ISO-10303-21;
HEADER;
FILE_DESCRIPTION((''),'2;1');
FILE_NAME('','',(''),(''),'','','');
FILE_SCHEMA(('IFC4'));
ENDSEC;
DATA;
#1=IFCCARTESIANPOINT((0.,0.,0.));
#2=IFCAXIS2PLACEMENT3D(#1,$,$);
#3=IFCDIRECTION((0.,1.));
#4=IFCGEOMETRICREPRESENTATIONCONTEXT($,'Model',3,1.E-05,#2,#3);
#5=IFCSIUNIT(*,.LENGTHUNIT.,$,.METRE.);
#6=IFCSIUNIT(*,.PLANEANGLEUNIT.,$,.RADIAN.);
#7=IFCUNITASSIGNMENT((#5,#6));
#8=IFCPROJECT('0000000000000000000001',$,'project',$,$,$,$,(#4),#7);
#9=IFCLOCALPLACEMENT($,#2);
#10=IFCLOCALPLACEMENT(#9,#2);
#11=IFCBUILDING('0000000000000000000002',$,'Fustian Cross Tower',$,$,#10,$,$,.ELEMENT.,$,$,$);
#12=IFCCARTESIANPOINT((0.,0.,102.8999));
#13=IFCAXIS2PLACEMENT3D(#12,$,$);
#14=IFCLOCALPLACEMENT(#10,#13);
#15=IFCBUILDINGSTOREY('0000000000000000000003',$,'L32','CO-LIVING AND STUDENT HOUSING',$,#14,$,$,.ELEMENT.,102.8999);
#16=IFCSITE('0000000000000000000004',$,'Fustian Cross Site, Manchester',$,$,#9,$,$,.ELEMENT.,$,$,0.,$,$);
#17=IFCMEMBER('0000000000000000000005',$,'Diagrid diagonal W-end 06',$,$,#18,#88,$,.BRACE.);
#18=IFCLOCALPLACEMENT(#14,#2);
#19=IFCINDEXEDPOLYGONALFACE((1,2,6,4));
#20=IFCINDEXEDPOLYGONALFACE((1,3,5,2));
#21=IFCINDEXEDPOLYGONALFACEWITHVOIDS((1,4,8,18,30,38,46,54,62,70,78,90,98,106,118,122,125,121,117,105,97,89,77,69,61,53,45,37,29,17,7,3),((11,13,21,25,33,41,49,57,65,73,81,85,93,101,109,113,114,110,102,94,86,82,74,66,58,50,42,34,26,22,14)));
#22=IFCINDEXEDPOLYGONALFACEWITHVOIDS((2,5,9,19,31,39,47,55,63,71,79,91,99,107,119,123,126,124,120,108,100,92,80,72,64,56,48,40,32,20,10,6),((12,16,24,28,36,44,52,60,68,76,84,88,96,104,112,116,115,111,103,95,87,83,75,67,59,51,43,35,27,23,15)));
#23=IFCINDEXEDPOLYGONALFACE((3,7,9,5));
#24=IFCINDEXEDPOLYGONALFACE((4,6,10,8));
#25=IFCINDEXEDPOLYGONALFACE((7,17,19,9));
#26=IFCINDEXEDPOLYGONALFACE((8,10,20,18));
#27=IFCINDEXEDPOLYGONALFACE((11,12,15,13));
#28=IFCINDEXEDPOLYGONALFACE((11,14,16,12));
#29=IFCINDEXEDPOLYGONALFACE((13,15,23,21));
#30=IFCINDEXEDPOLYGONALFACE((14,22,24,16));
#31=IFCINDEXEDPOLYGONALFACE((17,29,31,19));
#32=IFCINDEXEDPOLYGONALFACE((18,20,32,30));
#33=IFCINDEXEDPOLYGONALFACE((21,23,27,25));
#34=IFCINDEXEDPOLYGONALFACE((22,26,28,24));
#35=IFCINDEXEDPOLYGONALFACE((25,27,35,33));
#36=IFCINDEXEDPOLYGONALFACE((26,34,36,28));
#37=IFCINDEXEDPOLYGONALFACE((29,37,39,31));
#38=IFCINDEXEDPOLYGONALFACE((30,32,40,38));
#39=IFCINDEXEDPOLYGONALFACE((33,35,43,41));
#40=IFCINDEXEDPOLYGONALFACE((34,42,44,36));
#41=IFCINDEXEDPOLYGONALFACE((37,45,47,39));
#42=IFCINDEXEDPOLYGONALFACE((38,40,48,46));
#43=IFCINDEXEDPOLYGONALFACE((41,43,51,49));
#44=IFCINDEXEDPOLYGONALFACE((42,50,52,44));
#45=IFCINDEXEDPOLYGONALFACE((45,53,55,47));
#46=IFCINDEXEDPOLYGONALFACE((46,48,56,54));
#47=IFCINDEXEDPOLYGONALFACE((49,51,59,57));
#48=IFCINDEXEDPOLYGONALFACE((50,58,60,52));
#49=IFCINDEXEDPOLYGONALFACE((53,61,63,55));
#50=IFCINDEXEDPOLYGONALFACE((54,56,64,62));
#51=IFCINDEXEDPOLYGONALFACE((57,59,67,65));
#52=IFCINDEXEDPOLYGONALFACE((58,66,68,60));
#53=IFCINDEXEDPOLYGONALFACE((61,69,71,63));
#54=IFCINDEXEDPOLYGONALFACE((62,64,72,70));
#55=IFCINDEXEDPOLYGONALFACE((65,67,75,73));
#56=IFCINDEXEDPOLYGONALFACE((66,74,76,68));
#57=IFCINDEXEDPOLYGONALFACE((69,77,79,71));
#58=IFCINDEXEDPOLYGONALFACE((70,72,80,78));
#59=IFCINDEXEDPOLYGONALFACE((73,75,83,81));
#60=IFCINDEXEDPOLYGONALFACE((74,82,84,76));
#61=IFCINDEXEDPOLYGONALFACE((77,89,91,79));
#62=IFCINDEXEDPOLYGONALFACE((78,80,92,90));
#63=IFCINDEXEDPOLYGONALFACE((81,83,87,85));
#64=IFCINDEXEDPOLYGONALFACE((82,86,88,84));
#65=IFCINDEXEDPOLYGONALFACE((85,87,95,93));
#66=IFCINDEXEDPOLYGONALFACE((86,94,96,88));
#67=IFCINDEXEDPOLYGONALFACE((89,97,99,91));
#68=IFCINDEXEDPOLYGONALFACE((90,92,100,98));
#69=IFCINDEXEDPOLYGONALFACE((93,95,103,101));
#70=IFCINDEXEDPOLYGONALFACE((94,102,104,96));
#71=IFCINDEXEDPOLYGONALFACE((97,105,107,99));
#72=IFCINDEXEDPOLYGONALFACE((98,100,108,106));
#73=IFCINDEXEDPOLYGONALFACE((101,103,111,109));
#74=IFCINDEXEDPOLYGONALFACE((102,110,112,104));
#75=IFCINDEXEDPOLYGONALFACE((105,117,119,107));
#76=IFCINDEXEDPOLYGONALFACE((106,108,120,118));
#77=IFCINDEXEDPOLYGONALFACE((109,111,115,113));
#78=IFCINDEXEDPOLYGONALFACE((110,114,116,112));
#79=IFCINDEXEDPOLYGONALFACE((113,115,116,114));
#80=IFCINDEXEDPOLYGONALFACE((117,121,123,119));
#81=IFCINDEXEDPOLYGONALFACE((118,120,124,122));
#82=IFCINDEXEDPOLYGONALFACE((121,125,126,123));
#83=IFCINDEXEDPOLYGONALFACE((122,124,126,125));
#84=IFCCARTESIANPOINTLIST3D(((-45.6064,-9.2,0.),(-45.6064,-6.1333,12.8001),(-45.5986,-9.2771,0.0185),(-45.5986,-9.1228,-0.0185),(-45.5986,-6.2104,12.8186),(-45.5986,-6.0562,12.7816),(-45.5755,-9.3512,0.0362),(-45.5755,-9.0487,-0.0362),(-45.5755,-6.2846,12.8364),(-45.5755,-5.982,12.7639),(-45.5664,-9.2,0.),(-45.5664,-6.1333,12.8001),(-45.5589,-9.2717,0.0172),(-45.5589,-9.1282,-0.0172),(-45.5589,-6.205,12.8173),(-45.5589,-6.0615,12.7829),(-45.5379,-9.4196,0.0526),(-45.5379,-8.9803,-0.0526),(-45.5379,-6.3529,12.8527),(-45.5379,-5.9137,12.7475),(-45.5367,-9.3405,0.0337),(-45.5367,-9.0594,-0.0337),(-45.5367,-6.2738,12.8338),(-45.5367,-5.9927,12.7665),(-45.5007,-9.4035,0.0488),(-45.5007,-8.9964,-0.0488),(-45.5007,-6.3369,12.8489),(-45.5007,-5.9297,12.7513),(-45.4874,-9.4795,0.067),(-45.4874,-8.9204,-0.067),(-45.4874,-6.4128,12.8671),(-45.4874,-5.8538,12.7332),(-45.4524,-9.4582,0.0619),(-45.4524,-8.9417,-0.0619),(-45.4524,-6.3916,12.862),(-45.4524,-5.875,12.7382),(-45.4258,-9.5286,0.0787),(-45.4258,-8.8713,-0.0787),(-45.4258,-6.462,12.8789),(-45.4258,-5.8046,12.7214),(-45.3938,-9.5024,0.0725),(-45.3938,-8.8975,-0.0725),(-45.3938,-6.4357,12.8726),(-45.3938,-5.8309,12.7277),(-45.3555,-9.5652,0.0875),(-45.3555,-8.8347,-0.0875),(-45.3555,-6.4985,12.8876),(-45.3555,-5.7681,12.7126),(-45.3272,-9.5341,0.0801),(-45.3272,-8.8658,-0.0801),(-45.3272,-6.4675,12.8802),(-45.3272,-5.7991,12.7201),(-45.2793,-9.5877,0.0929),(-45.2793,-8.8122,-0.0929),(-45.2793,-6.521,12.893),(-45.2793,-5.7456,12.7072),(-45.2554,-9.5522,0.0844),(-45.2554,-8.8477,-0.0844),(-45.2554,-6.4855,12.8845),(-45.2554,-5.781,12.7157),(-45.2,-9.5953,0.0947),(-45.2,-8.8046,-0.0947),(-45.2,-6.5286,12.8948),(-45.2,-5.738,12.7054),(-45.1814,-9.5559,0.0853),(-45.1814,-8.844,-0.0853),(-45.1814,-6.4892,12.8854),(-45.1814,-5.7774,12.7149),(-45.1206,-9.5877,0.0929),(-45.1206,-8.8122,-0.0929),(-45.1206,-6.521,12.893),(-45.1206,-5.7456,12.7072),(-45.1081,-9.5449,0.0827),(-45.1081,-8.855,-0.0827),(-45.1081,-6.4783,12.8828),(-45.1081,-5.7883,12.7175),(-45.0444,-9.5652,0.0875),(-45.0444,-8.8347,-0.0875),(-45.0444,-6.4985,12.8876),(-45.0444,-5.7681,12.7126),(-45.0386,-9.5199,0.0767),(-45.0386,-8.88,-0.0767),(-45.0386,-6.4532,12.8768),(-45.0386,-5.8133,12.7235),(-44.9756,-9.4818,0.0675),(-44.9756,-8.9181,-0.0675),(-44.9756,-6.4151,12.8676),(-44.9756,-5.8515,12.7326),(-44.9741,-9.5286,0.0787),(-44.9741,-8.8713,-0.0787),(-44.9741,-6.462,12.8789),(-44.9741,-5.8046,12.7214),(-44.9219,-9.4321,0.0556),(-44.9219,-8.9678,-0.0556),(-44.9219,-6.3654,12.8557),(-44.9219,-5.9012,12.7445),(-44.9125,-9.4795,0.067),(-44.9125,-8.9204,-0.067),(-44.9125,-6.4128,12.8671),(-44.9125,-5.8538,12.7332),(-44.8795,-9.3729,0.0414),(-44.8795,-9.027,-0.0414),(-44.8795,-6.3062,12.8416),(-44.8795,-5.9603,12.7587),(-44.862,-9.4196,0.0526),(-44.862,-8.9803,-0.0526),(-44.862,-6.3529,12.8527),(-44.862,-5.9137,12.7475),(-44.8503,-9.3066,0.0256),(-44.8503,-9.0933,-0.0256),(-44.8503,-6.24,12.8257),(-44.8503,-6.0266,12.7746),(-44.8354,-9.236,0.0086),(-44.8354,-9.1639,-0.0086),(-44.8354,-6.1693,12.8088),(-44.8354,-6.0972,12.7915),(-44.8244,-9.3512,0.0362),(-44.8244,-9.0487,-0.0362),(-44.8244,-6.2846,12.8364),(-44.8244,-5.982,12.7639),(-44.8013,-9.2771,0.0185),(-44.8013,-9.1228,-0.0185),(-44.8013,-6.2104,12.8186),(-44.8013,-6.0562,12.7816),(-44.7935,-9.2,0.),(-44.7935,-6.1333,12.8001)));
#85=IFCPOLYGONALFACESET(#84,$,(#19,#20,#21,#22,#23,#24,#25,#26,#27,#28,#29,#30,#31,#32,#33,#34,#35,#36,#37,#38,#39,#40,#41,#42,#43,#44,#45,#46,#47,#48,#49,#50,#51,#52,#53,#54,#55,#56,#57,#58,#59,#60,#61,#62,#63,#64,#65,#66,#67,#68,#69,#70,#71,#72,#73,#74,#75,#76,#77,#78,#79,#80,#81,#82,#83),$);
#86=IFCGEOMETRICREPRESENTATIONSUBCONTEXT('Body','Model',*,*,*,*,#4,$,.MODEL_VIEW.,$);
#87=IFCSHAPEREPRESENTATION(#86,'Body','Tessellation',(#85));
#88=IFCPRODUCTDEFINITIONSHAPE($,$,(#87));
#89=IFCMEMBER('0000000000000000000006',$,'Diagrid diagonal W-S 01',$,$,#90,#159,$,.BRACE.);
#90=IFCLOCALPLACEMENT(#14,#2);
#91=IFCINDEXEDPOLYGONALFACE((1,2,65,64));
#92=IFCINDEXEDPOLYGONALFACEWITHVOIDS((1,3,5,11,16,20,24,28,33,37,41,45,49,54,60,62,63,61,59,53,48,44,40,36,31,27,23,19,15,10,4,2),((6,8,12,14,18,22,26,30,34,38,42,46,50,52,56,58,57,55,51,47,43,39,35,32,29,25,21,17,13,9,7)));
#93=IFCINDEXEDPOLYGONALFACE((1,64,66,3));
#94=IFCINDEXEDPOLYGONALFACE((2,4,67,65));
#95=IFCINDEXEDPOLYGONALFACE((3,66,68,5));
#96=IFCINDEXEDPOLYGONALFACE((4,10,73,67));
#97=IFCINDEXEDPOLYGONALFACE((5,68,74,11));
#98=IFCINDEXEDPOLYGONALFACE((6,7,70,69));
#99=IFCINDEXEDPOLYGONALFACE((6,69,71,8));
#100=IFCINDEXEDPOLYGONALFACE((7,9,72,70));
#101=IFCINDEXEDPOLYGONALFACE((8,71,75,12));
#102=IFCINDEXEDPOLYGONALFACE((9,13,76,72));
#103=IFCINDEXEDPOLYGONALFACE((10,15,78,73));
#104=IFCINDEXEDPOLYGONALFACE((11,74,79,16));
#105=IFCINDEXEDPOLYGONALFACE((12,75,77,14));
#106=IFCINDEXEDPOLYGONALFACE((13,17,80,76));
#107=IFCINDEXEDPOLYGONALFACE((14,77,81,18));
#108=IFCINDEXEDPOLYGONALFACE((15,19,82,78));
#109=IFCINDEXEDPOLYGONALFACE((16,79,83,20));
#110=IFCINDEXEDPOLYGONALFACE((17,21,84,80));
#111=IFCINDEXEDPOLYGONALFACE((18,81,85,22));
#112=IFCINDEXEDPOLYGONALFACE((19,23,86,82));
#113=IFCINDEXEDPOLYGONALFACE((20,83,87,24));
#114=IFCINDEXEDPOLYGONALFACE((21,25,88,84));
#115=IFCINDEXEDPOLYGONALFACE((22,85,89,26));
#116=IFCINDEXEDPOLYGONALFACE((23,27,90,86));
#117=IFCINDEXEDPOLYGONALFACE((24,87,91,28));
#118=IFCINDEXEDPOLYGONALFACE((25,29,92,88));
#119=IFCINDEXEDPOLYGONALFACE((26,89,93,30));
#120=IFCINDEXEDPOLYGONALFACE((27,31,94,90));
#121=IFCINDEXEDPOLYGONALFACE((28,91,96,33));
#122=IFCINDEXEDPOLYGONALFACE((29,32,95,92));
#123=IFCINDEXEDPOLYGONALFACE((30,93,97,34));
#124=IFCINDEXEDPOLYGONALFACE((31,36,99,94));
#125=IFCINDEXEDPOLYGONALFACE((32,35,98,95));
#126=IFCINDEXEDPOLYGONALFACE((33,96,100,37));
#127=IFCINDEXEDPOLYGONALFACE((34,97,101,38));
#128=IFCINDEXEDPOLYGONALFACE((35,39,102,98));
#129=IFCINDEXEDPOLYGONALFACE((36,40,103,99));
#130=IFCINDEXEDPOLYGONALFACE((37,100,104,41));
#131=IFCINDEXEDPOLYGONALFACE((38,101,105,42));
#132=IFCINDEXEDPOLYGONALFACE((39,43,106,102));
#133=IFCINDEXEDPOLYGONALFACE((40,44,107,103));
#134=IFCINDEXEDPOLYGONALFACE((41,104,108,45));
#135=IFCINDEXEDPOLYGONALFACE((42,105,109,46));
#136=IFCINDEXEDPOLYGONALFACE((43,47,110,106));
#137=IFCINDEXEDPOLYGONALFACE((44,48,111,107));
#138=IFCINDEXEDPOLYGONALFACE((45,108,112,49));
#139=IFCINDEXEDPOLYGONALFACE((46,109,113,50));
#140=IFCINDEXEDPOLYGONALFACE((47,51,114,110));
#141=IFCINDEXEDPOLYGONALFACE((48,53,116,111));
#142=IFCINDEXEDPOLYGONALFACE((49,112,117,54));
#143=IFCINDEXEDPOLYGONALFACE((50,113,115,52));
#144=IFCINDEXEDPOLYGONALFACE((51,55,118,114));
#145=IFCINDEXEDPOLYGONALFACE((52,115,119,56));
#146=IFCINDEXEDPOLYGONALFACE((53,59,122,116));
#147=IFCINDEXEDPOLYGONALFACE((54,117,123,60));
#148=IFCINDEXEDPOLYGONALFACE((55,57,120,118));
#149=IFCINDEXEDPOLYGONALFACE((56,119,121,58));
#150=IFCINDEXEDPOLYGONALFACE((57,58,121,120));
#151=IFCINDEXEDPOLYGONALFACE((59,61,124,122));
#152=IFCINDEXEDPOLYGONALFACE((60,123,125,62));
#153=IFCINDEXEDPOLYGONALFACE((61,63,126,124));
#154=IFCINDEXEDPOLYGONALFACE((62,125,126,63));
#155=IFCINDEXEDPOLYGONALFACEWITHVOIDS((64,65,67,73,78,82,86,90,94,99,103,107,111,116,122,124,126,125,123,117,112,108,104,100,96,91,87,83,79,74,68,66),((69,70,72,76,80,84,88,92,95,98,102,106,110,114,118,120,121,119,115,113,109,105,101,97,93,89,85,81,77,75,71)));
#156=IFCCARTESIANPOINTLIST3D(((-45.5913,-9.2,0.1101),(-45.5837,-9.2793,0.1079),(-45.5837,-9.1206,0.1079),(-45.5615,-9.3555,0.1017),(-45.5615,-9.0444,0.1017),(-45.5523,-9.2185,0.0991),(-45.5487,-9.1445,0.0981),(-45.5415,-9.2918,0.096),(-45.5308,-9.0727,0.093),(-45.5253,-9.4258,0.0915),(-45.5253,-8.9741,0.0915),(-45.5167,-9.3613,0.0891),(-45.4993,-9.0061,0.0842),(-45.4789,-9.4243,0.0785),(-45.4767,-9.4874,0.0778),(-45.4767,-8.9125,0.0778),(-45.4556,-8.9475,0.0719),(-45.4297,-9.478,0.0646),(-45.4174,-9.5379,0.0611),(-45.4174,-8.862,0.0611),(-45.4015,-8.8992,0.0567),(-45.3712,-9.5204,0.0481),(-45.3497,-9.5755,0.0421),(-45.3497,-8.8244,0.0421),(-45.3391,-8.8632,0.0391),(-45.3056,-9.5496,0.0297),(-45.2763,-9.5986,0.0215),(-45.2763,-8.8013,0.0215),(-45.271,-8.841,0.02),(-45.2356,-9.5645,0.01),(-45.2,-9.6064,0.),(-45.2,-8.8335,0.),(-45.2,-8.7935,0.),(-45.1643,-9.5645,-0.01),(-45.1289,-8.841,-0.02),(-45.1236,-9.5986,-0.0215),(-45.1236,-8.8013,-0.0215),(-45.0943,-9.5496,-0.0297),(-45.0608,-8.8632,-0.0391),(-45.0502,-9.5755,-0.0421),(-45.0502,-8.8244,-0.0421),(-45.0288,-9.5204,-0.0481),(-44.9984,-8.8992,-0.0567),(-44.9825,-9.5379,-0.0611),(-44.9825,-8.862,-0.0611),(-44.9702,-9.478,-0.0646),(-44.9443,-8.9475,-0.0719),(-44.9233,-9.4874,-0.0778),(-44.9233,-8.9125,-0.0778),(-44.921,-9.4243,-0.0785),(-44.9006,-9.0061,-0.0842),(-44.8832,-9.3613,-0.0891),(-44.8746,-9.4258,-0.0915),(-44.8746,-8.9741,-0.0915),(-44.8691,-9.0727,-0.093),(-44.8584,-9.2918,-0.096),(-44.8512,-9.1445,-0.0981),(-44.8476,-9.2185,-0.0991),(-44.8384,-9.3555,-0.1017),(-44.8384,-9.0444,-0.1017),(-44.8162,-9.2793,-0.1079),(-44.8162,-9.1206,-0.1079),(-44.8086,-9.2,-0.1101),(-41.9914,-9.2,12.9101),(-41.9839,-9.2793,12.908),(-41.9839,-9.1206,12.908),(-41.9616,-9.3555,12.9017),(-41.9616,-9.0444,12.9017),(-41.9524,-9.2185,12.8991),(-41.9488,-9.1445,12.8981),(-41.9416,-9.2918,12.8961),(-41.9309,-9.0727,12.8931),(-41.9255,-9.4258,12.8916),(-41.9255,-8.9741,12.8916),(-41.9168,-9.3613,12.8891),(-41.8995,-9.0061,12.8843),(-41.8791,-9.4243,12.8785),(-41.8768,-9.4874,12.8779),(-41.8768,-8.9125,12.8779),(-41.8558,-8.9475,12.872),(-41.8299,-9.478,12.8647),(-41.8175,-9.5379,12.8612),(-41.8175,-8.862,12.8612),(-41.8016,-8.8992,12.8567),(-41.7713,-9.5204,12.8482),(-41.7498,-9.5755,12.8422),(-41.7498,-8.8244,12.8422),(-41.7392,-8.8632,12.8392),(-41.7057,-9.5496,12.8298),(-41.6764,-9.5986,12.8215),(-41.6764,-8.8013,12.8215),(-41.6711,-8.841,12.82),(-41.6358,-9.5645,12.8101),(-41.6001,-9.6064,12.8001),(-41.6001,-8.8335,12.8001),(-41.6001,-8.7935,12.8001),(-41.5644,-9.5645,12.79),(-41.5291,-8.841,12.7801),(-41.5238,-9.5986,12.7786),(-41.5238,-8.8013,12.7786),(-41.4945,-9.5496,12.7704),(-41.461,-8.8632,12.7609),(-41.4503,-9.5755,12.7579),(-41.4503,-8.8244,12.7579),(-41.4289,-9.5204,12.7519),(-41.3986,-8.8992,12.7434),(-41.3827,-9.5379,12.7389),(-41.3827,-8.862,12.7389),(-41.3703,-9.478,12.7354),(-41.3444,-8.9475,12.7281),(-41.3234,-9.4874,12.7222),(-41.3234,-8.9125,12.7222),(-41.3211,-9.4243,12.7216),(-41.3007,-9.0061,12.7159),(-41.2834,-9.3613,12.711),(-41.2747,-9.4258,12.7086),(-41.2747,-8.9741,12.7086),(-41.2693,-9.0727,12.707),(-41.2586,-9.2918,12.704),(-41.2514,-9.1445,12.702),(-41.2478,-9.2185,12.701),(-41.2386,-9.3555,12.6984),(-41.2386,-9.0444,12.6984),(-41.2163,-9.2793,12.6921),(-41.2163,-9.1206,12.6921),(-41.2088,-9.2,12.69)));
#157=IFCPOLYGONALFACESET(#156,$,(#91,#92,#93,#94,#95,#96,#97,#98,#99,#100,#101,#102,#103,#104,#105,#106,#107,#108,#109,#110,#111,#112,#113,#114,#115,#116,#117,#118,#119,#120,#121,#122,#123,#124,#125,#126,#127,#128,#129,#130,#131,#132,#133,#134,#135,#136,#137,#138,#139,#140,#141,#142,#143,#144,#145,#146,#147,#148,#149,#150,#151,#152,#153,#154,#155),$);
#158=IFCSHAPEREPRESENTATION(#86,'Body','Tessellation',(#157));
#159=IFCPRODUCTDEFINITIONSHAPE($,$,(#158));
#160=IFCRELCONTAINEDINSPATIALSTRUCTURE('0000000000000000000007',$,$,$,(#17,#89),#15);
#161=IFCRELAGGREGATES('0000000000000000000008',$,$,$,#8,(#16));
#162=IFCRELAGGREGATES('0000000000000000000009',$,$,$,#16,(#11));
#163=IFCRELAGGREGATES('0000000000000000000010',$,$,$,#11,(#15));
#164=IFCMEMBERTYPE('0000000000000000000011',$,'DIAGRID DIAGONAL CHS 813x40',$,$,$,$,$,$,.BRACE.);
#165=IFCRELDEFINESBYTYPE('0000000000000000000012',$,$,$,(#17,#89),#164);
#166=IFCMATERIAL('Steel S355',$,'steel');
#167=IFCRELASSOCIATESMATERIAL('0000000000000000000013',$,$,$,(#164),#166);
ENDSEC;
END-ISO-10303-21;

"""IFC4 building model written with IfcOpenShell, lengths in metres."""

from ifc_helpers import new_model, si_unit, direction, frame, origin, origin_2d, place, context, subcontext, project, spatial, hollow_circle, extrude, material, material_profile, profile_set, type_object, element, save


model = new_model("IFC4")

# Units and contexts
model_context = context("Model", 3, precision=1e-05, world=origin(), true_north=direction((0.0, 1.0)))
body_context = subcontext(model_context, "Body", "Model", "MODEL_VIEW")
ifc_project = project(units=[si_unit("LENGTHUNIT", "METRE"), si_unit("PLANEANGLEUNIT", "RADIAN")], contexts=[model_context])

# Site, building, storey
site_placement = place(None, origin())
site = spatial("IfcSite", under=ifc_project, at=site_placement, Name="Fustian Cross Site, Manchester", CompositionType="ELEMENT", RefElevation=0.0)
building_placement = place(site_placement, origin())
building = spatial("IfcBuilding", under=site, at=building_placement, Name="Fustian Cross Tower", CompositionType="ELEMENT")
storey_placement = place(building_placement, frame((0.0, 0.0, 102.8999)))
storey = spatial("IfcBuildingStorey", under=building, at=storey_placement, Name="L32", Description="CO-LIVING AND STUDENT HOUSING", CompositionType="ELEMENT", Elevation=102.8999)

# Members
ifc_material_1 = material(Name="Steel S355", Category="steel")
ifc_material_profile_1 = material_profile(ifc_material_1, hollow_circle(Radius=0.4065, WallThickness=0.04, at=origin_2d()), Name="CHS 813x40")
ifc_profile_set_1 = profile_set([ifc_material_profile_1], Name="Steel S355")
member_type_1 = type_object("IfcMemberType", Name="DIAGRID DIAGONAL CHS 813x40", PredefinedType="BRACE", material=ifc_profile_set_1)
member_1_placement = place(storey_placement, frame((-45.2, -9.2, 0.0), z_axis=(0.0, 0.232988, 0.97248), x_axis=(-1.0, 0.0, 0.0)))
element("IfcMember", 1, at=member_1_placement, inside=storey, type_object=member_type_1, Name="Diagrid diagonal W-end 06", PredefinedType="BRACE", context=body_context, shape_type="SweptSolid", body=[
    extrude(hollow_circle(Radius=0.4065, WallThickness=0.04, at=origin_2d()), origin(), (0.0, 0.0, 1.0), 13.1624),
])
for number, where, z_axis, x_axis, name in (
    (2, (-45.2, -9.2, 0.0), (0.270734, 0.0, 0.962654), (0.0, 1.0, 0.0), "Diagrid diagonal W-S 01"),
):
    element("IfcMember", number, at=place(storey_placement, frame(where, z_axis=z_axis, x_axis=x_axis)), inside=storey, type_object=member_type_1, Name=name, PredefinedType="BRACE", context=body_context, shape_type="SweptSolid", body=[
        extrude(hollow_circle(Radius=0.4065, WallThickness=0.04, at=origin_2d()), origin(), (0.0, 0.0, 1.0), 13.2966),
    ])

save(model, "model.ifc")
